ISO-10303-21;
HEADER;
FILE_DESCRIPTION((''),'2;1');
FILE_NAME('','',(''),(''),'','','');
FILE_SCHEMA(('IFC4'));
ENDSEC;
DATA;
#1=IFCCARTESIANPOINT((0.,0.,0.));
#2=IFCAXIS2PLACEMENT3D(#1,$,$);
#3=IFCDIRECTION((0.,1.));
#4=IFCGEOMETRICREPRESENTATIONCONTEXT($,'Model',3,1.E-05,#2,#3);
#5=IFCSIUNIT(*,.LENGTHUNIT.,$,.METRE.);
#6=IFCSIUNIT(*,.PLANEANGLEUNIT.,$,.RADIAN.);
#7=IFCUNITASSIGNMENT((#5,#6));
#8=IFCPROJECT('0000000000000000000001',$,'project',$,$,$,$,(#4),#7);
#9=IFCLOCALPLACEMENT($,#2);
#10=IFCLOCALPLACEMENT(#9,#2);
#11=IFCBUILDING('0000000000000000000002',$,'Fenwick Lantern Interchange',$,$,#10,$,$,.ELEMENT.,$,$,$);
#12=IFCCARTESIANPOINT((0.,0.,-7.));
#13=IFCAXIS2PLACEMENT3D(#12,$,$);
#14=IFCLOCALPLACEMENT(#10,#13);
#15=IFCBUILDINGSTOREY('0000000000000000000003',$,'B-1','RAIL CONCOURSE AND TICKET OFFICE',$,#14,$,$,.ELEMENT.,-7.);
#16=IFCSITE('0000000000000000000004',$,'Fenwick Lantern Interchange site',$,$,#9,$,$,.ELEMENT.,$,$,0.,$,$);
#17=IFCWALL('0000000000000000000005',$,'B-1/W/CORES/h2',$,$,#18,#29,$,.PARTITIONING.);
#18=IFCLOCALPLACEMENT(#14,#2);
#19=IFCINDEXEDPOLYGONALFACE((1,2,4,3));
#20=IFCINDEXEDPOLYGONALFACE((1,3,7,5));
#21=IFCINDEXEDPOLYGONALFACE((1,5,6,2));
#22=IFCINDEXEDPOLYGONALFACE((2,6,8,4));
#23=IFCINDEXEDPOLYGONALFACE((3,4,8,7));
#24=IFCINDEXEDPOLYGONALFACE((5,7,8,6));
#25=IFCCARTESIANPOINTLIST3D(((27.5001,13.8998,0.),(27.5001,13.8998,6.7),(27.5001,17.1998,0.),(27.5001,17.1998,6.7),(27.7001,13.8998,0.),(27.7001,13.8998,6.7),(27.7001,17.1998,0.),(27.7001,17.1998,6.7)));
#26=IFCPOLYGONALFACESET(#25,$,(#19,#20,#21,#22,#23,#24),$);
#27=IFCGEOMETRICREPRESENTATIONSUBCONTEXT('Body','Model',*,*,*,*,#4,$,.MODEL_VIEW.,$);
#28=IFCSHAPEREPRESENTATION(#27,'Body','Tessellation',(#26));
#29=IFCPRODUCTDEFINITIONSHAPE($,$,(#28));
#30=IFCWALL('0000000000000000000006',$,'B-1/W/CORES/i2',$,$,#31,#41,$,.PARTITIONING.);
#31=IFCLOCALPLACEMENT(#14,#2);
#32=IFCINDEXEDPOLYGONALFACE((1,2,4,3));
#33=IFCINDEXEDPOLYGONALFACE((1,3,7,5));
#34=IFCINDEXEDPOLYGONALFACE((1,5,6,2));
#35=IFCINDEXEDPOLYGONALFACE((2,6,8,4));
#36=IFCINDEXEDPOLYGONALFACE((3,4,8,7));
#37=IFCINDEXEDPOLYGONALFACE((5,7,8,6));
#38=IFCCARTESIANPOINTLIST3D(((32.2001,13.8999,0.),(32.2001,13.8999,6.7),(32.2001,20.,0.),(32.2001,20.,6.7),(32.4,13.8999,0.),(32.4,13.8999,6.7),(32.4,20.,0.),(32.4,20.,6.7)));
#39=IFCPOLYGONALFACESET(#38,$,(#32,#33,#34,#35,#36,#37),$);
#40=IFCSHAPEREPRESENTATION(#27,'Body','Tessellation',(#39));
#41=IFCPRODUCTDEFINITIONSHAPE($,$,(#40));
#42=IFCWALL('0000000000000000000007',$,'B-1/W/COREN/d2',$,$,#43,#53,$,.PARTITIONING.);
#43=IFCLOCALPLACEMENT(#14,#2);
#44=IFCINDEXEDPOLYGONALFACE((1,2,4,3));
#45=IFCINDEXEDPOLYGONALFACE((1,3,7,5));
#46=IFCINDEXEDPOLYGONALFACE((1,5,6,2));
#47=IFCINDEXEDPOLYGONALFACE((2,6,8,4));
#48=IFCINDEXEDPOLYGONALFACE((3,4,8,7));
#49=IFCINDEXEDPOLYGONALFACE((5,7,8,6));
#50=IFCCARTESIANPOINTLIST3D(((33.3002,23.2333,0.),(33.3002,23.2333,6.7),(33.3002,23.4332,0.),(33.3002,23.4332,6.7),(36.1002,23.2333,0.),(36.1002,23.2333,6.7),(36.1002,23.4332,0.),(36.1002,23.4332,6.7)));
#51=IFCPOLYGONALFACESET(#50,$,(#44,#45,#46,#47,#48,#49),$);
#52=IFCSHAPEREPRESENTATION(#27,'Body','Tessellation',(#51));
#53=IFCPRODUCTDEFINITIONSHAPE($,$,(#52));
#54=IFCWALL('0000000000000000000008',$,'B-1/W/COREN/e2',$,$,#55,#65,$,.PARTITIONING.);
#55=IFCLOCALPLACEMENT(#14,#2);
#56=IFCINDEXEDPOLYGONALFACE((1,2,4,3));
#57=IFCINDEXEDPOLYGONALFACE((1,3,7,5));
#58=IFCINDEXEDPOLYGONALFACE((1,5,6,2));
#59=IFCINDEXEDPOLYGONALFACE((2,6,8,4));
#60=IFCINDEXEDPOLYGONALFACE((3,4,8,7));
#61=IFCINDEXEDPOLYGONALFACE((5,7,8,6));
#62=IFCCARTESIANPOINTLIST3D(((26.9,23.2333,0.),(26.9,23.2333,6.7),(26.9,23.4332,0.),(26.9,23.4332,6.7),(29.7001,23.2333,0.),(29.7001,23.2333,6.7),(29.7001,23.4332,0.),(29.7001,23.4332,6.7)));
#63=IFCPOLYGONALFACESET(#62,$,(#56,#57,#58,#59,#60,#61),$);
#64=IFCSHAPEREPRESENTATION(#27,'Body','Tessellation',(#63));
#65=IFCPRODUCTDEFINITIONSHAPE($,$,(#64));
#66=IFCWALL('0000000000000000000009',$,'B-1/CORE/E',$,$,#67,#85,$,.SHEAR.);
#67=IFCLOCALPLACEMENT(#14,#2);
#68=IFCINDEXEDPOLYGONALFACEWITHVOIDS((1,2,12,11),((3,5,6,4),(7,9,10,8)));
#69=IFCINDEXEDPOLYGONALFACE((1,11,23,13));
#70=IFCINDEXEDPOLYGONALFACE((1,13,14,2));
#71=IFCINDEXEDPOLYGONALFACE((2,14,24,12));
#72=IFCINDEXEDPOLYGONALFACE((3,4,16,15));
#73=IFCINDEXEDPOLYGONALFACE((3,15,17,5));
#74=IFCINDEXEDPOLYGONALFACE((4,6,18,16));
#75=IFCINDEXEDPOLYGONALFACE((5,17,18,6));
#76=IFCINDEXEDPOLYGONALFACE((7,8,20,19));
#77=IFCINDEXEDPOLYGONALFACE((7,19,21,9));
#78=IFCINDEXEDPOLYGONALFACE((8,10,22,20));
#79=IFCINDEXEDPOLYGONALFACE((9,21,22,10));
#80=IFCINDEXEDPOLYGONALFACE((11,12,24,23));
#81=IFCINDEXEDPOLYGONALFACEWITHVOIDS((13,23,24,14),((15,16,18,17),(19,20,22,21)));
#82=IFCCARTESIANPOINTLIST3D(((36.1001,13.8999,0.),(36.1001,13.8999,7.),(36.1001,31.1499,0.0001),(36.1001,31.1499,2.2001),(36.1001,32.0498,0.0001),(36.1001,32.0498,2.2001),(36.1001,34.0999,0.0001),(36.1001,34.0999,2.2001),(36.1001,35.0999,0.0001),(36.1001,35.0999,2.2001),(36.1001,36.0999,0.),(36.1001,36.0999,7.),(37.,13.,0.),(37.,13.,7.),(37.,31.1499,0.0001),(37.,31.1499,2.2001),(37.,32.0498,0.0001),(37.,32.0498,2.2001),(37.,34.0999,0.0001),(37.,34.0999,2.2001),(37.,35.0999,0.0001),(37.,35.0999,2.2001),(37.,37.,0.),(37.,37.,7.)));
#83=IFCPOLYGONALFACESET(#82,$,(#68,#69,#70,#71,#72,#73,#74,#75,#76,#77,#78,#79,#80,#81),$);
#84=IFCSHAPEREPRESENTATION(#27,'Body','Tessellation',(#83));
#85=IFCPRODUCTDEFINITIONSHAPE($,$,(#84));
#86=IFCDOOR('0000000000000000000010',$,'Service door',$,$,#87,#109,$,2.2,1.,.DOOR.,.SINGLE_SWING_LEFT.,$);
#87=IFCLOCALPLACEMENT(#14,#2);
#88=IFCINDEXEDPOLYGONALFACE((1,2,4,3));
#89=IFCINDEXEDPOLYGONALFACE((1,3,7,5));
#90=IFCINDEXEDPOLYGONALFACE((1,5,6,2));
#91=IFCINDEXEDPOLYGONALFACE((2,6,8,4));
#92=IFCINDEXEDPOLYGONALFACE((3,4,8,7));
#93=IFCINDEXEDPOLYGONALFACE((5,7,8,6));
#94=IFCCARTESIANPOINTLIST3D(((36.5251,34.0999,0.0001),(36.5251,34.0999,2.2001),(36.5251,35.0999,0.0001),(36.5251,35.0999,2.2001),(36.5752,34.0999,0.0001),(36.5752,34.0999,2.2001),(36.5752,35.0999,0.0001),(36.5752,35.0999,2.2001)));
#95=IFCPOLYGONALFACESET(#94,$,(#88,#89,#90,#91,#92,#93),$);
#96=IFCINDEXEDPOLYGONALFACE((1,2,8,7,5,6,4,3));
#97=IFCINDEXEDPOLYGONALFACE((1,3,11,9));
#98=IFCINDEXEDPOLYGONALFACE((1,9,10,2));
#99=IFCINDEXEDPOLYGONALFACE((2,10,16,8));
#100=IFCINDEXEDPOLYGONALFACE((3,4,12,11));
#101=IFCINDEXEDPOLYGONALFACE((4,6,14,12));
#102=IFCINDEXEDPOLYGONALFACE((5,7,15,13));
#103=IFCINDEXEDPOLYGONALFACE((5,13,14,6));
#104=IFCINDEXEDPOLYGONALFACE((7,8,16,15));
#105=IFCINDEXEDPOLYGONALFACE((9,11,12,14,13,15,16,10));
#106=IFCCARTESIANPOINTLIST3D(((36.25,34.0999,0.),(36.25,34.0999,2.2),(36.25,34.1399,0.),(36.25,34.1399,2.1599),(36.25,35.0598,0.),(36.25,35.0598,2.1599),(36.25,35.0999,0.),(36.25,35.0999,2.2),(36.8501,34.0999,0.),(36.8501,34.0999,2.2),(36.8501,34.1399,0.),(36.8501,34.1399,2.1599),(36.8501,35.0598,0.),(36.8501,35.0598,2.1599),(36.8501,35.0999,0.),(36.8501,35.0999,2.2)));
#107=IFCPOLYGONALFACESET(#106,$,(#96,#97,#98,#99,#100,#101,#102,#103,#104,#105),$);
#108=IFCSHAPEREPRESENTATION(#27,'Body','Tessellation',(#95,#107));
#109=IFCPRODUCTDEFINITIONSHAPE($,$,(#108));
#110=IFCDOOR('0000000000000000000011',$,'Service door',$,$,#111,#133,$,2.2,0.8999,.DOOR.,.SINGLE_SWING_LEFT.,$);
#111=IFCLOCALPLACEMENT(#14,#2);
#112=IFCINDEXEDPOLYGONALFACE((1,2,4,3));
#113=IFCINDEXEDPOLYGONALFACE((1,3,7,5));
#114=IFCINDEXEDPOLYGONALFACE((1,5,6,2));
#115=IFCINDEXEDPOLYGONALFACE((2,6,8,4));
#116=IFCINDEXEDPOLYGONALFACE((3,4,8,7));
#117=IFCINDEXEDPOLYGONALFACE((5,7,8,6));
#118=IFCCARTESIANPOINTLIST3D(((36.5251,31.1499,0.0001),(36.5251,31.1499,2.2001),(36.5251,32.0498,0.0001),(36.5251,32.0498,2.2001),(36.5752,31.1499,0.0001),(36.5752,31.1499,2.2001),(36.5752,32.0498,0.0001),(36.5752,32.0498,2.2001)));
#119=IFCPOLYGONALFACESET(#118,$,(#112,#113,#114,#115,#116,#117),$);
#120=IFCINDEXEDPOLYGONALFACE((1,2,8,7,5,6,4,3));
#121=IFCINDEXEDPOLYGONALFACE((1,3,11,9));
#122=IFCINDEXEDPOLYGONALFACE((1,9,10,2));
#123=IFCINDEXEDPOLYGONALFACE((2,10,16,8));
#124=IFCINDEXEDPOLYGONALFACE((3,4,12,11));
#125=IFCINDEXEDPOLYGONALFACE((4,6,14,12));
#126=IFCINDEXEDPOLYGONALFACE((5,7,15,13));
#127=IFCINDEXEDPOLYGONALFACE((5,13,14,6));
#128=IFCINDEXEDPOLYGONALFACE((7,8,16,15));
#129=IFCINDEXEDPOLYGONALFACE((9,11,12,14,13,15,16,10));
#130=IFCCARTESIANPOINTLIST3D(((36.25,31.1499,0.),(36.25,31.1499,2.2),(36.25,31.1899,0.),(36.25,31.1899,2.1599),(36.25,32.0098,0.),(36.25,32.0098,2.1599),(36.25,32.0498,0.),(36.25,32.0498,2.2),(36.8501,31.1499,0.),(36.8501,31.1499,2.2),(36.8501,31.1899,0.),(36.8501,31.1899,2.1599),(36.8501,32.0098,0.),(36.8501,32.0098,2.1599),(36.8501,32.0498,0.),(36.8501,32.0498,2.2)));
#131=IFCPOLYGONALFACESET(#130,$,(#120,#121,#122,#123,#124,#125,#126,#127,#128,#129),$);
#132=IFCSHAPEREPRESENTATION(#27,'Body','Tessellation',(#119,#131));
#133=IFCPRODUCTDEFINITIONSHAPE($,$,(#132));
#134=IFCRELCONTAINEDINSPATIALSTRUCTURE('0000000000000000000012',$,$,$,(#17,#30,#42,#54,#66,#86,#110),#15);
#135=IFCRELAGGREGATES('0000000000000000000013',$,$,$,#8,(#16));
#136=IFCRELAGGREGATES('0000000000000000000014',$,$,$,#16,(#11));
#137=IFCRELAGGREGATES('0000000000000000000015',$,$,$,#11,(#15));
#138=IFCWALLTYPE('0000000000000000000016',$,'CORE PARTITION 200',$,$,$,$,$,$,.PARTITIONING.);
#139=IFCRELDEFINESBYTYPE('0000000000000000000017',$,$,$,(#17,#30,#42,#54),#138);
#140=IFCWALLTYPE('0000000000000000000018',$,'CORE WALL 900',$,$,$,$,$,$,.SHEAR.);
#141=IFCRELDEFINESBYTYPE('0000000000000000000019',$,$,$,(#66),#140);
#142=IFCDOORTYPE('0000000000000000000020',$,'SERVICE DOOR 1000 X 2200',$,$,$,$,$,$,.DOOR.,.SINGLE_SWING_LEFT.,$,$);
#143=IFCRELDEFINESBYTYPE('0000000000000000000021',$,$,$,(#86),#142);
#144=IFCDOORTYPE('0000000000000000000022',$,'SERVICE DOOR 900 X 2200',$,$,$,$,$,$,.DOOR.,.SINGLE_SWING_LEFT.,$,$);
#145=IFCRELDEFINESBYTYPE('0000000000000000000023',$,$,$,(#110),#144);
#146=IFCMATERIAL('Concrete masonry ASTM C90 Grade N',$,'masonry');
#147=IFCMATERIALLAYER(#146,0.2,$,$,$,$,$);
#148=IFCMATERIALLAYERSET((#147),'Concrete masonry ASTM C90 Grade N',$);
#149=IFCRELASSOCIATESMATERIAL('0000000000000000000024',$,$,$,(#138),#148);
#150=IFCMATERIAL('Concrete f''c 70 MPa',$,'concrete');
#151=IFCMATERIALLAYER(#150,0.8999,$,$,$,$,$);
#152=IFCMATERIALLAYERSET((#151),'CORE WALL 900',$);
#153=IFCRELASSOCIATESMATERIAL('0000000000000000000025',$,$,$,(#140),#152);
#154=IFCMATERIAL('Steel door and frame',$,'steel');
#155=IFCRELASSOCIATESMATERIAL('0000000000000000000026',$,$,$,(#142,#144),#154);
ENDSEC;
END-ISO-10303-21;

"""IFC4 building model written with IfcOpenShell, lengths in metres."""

from ifc_helpers import new_model, si_unit, direction, frame, frame_2d, origin, place, context, subcontext, project, spatial, polyline, rectangle, outline, extrude, material, layer, layer_set, type_object, element, fill, save


model = new_model("IFC4")

# Units and contexts
model_context = context("Model", 3, precision=1e-05, world=origin(), true_north=direction((0.0, 1.0)))
body_context = subcontext(model_context, "Body", "Model", "MODEL_VIEW")
ifc_project = project(units=[si_unit("LENGTHUNIT", "METRE"), si_unit("PLANEANGLEUNIT", "RADIAN")], contexts=[model_context])

# Site, building, storey
site_placement = place(None, origin())
site = spatial("IfcSite", under=ifc_project, at=site_placement, Name="Fenwick Lantern Interchange site", CompositionType="ELEMENT", RefElevation=0.0)
building_placement = place(site_placement, origin())
building = spatial("IfcBuilding", under=site, at=building_placement, Name="Fenwick Lantern Interchange", CompositionType="ELEMENT")
storey_placement = place(building_placement, frame((0.0, 0.0, -7.0)))
storey = spatial("IfcBuildingStorey", under=building, at=storey_placement, Name="B-1", Description="RAIL CONCOURSE AND TICKET OFFICE", CompositionType="ELEMENT", Elevation=-7.0)

# Shared definitions
ifc_material_1 = material(Name="Concrete masonry ASTM C90 Grade N", Category="masonry")
ifc_layer_1 = layer(ifc_material_1, 0.2)
ifc_layer_set_1 = layer_set([ifc_layer_1], Name="Concrete masonry ASTM C90 Grade N")
wall_type_1 = type_object("IfcWallType", Name="CORE PARTITION 200", PredefinedType="PARTITIONING", material=ifc_layer_set_1)
ifc_material_2 = material(Name="Steel door and frame", Category="steel")

# Walls
wall_1_placement = place(storey_placement, frame((27.6001, 13.8999, 0.0), z_axis=(0.0, 0.0, 1.0), x_axis=(0.0, 1.0, 0.0)))
element("IfcWall", 1, at=wall_1_placement, inside=storey, type_object=wall_type_1, Name="B-1/W/CORES/h2", PredefinedType="PARTITIONING", context=body_context, shape_type="SweptSolid", body=[
    extrude(rectangle(XDim=3.3, YDim=0.2, at=frame_2d((1.6499, 0.0))), origin(), (0.0, 0.0, 1.0), 6.7),
])
wall_2_placement = place(storey_placement, frame((32.3, 13.8999, 0.0), z_axis=(0.0, 0.0, 1.0), x_axis=(0.0, 1.0, 0.0)))
element("IfcWall", 2, at=wall_2_placement, inside=storey, type_object=wall_type_1, Name="B-1/W/CORES/i2", PredefinedType="PARTITIONING", context=body_context, shape_type="SweptSolid", body=[
    extrude(rectangle(XDim=6.1001, YDim=0.2, at=frame_2d((3.05, 0.0))), origin(), (0.0, 0.0, 1.0), 6.7),
])
for number, where, z_axis, x_axis, name in (
    (3, (36.1001, 23.3333, 0.0), (0.0, 0.0, 1.0), (-1.0, 0.0, 0.0), "B-1/W/COREN/d2"),
    (4, (29.7, 23.3333, 0.0), (0.0, 0.0, 1.0), (-1.0, 0.0, 0.0), "B-1/W/COREN/e2"),
):
    element("IfcWall", number, at=place(storey_placement, frame(where, z_axis=z_axis, x_axis=x_axis)), inside=storey, type_object=wall_type_1, Name=name, PredefinedType="PARTITIONING", context=body_context, shape_type="SweptSolid", body=[
        extrude(rectangle(XDim=2.8, YDim=0.2, at=frame_2d((1.3999, 0.0))), origin(), (0.0, 0.0, 1.0), 6.7),
    ])

# Wall, openings, doors
ifc_material_3 = material(Name="Concrete f'c 70 MPa", Category="concrete")
ifc_layer_2 = layer(ifc_material_3, 0.8999)
ifc_layer_set_2 = layer_set([ifc_layer_2], Name="CORE WALL 900")
wall_type_2 = type_object("IfcWallType", Name="CORE WALL 900", PredefinedType="SHEAR", material=ifc_layer_set_2)
wall_3_placement = place(storey_placement, frame((36.55, 13.8999, 0.0), z_axis=(0.0, 0.0, 1.0), x_axis=(0.0, 1.0, 0.0)))
wall_3 = element("IfcWall", 5, at=wall_3_placement, inside=storey, type_object=wall_type_2, Name="B-1/CORE/E", PredefinedType="SHEAR", context=body_context, shape_type="SweptSolid", body=[
    extrude(outline(polyline([(-0.8999, -0.45), (23.1001, -0.45), (22.2, 0.45), (0.0, 0.45), (-0.8999, -0.45)])), origin(), (0.0, 0.0, 1.0), 7.0),
])
opening_1_placement = place(wall_3_placement, frame((20.2, 0.0, 0.0)))
opening_1 = element("IfcOpeningElement", 6, at=opening_1_placement, cuts=wall_3, PredefinedType="OPENING", context=body_context, shape_type="SweptSolid", body=[
    extrude(rectangle(XDim=1.0, YDim=2.2, at=frame_2d((0.5, 1.1001))), frame((0.0, 0.46, 0.0), z_axis=(0.0, -1.0, 0.0), x_axis=(1.0, 0.0, 0.0)), (0.0, 0.0, 1.0), 0.9199),
])
opening_2_placement = place(wall_3_placement, frame((17.25, 0.0, 0.0)))
opening_2 = element("IfcOpeningElement", 7, at=opening_2_placement, cuts=wall_3, PredefinedType="OPENING", context=body_context, shape_type="SweptSolid", body=[
    extrude(rectangle(XDim=0.8999, YDim=2.2, at=frame_2d((0.45, 1.1001))), frame((0.0, 0.46, 0.0), z_axis=(0.0, -1.0, 0.0), x_axis=(1.0, 0.0, 0.0)), (0.0, 0.0, 1.0), 0.9199),
])
door_type_1 = type_object("IfcDoorType", Name="SERVICE DOOR 1000 X 2200", OperationType="SINGLE_SWING_LEFT", PredefinedType="DOOR", material=ifc_material_2)
door_1_placement = place(opening_1_placement, origin())
door_1 = element("IfcDoor", 8, at=door_1_placement, inside=storey, type_object=door_type_1, Name="Service door", OperationType="SINGLE_SWING_LEFT", OverallHeight=2.2, OverallWidth=1.0, PredefinedType="DOOR", context=body_context, shape_type="SweptSolid", body=[
    extrude(rectangle(XDim=1.0, YDim=2.2, at=frame_2d((0.5, 1.1001))), frame((0.0, 0.0249, 0.0), z_axis=(0.0, -1.0, 0.0), x_axis=(1.0, 0.0, 0.0)), (0.0, 0.0, 1.0), 0.05),
    extrude(outline(polyline([(0.0, 0.0), (0.04, 0.0), (0.04, 2.1599), (0.96, 2.1599), (0.96, 0.0), (1.0, 0.0), (1.0, 2.2), (0.0, 2.2), (0.0, 0.0)])), frame((0.0, 0.3, 0.0), z_axis=(0.0, -1.0, 0.0), x_axis=(1.0, 0.0, 0.0)), (0.0, 0.0, 1.0), 0.6001),
])
fill(opening_1, door_1)
door_type_2 = type_object("IfcDoorType", Name="SERVICE DOOR 900 X 2200", OperationType="SINGLE_SWING_LEFT", PredefinedType="DOOR", material=ifc_material_2)
door_2_placement = place(opening_2_placement, origin())
door_2 = element("IfcDoor", 9, at=door_2_placement, inside=storey, type_object=door_type_2, Name="Service door", OperationType="SINGLE_SWING_LEFT", OverallHeight=2.2, OverallWidth=0.8999, PredefinedType="DOOR", context=body_context, shape_type="SweptSolid", body=[
    extrude(rectangle(XDim=0.8999, YDim=2.2, at=frame_2d((0.45, 1.1001))), frame((0.0, 0.0249, 0.0), z_axis=(0.0, -1.0, 0.0), x_axis=(1.0, 0.0, 0.0)), (0.0, 0.0, 1.0), 0.05),
    extrude(outline(polyline([(0.0, 0.0), (0.04, 0.0), (0.04, 2.1599), (0.8599, 2.1599), (0.8599, 0.0), (0.8999, 0.0), (0.8999, 2.2), (0.0, 2.2), (0.0, 0.0)])), frame((0.0, 0.3, 0.0), z_axis=(0.0, -1.0, 0.0), x_axis=(1.0, 0.0, 0.0)), (0.0, 0.0, 1.0), 0.6001),
])
fill(opening_2, door_2)

save(model, "model.ifc")
